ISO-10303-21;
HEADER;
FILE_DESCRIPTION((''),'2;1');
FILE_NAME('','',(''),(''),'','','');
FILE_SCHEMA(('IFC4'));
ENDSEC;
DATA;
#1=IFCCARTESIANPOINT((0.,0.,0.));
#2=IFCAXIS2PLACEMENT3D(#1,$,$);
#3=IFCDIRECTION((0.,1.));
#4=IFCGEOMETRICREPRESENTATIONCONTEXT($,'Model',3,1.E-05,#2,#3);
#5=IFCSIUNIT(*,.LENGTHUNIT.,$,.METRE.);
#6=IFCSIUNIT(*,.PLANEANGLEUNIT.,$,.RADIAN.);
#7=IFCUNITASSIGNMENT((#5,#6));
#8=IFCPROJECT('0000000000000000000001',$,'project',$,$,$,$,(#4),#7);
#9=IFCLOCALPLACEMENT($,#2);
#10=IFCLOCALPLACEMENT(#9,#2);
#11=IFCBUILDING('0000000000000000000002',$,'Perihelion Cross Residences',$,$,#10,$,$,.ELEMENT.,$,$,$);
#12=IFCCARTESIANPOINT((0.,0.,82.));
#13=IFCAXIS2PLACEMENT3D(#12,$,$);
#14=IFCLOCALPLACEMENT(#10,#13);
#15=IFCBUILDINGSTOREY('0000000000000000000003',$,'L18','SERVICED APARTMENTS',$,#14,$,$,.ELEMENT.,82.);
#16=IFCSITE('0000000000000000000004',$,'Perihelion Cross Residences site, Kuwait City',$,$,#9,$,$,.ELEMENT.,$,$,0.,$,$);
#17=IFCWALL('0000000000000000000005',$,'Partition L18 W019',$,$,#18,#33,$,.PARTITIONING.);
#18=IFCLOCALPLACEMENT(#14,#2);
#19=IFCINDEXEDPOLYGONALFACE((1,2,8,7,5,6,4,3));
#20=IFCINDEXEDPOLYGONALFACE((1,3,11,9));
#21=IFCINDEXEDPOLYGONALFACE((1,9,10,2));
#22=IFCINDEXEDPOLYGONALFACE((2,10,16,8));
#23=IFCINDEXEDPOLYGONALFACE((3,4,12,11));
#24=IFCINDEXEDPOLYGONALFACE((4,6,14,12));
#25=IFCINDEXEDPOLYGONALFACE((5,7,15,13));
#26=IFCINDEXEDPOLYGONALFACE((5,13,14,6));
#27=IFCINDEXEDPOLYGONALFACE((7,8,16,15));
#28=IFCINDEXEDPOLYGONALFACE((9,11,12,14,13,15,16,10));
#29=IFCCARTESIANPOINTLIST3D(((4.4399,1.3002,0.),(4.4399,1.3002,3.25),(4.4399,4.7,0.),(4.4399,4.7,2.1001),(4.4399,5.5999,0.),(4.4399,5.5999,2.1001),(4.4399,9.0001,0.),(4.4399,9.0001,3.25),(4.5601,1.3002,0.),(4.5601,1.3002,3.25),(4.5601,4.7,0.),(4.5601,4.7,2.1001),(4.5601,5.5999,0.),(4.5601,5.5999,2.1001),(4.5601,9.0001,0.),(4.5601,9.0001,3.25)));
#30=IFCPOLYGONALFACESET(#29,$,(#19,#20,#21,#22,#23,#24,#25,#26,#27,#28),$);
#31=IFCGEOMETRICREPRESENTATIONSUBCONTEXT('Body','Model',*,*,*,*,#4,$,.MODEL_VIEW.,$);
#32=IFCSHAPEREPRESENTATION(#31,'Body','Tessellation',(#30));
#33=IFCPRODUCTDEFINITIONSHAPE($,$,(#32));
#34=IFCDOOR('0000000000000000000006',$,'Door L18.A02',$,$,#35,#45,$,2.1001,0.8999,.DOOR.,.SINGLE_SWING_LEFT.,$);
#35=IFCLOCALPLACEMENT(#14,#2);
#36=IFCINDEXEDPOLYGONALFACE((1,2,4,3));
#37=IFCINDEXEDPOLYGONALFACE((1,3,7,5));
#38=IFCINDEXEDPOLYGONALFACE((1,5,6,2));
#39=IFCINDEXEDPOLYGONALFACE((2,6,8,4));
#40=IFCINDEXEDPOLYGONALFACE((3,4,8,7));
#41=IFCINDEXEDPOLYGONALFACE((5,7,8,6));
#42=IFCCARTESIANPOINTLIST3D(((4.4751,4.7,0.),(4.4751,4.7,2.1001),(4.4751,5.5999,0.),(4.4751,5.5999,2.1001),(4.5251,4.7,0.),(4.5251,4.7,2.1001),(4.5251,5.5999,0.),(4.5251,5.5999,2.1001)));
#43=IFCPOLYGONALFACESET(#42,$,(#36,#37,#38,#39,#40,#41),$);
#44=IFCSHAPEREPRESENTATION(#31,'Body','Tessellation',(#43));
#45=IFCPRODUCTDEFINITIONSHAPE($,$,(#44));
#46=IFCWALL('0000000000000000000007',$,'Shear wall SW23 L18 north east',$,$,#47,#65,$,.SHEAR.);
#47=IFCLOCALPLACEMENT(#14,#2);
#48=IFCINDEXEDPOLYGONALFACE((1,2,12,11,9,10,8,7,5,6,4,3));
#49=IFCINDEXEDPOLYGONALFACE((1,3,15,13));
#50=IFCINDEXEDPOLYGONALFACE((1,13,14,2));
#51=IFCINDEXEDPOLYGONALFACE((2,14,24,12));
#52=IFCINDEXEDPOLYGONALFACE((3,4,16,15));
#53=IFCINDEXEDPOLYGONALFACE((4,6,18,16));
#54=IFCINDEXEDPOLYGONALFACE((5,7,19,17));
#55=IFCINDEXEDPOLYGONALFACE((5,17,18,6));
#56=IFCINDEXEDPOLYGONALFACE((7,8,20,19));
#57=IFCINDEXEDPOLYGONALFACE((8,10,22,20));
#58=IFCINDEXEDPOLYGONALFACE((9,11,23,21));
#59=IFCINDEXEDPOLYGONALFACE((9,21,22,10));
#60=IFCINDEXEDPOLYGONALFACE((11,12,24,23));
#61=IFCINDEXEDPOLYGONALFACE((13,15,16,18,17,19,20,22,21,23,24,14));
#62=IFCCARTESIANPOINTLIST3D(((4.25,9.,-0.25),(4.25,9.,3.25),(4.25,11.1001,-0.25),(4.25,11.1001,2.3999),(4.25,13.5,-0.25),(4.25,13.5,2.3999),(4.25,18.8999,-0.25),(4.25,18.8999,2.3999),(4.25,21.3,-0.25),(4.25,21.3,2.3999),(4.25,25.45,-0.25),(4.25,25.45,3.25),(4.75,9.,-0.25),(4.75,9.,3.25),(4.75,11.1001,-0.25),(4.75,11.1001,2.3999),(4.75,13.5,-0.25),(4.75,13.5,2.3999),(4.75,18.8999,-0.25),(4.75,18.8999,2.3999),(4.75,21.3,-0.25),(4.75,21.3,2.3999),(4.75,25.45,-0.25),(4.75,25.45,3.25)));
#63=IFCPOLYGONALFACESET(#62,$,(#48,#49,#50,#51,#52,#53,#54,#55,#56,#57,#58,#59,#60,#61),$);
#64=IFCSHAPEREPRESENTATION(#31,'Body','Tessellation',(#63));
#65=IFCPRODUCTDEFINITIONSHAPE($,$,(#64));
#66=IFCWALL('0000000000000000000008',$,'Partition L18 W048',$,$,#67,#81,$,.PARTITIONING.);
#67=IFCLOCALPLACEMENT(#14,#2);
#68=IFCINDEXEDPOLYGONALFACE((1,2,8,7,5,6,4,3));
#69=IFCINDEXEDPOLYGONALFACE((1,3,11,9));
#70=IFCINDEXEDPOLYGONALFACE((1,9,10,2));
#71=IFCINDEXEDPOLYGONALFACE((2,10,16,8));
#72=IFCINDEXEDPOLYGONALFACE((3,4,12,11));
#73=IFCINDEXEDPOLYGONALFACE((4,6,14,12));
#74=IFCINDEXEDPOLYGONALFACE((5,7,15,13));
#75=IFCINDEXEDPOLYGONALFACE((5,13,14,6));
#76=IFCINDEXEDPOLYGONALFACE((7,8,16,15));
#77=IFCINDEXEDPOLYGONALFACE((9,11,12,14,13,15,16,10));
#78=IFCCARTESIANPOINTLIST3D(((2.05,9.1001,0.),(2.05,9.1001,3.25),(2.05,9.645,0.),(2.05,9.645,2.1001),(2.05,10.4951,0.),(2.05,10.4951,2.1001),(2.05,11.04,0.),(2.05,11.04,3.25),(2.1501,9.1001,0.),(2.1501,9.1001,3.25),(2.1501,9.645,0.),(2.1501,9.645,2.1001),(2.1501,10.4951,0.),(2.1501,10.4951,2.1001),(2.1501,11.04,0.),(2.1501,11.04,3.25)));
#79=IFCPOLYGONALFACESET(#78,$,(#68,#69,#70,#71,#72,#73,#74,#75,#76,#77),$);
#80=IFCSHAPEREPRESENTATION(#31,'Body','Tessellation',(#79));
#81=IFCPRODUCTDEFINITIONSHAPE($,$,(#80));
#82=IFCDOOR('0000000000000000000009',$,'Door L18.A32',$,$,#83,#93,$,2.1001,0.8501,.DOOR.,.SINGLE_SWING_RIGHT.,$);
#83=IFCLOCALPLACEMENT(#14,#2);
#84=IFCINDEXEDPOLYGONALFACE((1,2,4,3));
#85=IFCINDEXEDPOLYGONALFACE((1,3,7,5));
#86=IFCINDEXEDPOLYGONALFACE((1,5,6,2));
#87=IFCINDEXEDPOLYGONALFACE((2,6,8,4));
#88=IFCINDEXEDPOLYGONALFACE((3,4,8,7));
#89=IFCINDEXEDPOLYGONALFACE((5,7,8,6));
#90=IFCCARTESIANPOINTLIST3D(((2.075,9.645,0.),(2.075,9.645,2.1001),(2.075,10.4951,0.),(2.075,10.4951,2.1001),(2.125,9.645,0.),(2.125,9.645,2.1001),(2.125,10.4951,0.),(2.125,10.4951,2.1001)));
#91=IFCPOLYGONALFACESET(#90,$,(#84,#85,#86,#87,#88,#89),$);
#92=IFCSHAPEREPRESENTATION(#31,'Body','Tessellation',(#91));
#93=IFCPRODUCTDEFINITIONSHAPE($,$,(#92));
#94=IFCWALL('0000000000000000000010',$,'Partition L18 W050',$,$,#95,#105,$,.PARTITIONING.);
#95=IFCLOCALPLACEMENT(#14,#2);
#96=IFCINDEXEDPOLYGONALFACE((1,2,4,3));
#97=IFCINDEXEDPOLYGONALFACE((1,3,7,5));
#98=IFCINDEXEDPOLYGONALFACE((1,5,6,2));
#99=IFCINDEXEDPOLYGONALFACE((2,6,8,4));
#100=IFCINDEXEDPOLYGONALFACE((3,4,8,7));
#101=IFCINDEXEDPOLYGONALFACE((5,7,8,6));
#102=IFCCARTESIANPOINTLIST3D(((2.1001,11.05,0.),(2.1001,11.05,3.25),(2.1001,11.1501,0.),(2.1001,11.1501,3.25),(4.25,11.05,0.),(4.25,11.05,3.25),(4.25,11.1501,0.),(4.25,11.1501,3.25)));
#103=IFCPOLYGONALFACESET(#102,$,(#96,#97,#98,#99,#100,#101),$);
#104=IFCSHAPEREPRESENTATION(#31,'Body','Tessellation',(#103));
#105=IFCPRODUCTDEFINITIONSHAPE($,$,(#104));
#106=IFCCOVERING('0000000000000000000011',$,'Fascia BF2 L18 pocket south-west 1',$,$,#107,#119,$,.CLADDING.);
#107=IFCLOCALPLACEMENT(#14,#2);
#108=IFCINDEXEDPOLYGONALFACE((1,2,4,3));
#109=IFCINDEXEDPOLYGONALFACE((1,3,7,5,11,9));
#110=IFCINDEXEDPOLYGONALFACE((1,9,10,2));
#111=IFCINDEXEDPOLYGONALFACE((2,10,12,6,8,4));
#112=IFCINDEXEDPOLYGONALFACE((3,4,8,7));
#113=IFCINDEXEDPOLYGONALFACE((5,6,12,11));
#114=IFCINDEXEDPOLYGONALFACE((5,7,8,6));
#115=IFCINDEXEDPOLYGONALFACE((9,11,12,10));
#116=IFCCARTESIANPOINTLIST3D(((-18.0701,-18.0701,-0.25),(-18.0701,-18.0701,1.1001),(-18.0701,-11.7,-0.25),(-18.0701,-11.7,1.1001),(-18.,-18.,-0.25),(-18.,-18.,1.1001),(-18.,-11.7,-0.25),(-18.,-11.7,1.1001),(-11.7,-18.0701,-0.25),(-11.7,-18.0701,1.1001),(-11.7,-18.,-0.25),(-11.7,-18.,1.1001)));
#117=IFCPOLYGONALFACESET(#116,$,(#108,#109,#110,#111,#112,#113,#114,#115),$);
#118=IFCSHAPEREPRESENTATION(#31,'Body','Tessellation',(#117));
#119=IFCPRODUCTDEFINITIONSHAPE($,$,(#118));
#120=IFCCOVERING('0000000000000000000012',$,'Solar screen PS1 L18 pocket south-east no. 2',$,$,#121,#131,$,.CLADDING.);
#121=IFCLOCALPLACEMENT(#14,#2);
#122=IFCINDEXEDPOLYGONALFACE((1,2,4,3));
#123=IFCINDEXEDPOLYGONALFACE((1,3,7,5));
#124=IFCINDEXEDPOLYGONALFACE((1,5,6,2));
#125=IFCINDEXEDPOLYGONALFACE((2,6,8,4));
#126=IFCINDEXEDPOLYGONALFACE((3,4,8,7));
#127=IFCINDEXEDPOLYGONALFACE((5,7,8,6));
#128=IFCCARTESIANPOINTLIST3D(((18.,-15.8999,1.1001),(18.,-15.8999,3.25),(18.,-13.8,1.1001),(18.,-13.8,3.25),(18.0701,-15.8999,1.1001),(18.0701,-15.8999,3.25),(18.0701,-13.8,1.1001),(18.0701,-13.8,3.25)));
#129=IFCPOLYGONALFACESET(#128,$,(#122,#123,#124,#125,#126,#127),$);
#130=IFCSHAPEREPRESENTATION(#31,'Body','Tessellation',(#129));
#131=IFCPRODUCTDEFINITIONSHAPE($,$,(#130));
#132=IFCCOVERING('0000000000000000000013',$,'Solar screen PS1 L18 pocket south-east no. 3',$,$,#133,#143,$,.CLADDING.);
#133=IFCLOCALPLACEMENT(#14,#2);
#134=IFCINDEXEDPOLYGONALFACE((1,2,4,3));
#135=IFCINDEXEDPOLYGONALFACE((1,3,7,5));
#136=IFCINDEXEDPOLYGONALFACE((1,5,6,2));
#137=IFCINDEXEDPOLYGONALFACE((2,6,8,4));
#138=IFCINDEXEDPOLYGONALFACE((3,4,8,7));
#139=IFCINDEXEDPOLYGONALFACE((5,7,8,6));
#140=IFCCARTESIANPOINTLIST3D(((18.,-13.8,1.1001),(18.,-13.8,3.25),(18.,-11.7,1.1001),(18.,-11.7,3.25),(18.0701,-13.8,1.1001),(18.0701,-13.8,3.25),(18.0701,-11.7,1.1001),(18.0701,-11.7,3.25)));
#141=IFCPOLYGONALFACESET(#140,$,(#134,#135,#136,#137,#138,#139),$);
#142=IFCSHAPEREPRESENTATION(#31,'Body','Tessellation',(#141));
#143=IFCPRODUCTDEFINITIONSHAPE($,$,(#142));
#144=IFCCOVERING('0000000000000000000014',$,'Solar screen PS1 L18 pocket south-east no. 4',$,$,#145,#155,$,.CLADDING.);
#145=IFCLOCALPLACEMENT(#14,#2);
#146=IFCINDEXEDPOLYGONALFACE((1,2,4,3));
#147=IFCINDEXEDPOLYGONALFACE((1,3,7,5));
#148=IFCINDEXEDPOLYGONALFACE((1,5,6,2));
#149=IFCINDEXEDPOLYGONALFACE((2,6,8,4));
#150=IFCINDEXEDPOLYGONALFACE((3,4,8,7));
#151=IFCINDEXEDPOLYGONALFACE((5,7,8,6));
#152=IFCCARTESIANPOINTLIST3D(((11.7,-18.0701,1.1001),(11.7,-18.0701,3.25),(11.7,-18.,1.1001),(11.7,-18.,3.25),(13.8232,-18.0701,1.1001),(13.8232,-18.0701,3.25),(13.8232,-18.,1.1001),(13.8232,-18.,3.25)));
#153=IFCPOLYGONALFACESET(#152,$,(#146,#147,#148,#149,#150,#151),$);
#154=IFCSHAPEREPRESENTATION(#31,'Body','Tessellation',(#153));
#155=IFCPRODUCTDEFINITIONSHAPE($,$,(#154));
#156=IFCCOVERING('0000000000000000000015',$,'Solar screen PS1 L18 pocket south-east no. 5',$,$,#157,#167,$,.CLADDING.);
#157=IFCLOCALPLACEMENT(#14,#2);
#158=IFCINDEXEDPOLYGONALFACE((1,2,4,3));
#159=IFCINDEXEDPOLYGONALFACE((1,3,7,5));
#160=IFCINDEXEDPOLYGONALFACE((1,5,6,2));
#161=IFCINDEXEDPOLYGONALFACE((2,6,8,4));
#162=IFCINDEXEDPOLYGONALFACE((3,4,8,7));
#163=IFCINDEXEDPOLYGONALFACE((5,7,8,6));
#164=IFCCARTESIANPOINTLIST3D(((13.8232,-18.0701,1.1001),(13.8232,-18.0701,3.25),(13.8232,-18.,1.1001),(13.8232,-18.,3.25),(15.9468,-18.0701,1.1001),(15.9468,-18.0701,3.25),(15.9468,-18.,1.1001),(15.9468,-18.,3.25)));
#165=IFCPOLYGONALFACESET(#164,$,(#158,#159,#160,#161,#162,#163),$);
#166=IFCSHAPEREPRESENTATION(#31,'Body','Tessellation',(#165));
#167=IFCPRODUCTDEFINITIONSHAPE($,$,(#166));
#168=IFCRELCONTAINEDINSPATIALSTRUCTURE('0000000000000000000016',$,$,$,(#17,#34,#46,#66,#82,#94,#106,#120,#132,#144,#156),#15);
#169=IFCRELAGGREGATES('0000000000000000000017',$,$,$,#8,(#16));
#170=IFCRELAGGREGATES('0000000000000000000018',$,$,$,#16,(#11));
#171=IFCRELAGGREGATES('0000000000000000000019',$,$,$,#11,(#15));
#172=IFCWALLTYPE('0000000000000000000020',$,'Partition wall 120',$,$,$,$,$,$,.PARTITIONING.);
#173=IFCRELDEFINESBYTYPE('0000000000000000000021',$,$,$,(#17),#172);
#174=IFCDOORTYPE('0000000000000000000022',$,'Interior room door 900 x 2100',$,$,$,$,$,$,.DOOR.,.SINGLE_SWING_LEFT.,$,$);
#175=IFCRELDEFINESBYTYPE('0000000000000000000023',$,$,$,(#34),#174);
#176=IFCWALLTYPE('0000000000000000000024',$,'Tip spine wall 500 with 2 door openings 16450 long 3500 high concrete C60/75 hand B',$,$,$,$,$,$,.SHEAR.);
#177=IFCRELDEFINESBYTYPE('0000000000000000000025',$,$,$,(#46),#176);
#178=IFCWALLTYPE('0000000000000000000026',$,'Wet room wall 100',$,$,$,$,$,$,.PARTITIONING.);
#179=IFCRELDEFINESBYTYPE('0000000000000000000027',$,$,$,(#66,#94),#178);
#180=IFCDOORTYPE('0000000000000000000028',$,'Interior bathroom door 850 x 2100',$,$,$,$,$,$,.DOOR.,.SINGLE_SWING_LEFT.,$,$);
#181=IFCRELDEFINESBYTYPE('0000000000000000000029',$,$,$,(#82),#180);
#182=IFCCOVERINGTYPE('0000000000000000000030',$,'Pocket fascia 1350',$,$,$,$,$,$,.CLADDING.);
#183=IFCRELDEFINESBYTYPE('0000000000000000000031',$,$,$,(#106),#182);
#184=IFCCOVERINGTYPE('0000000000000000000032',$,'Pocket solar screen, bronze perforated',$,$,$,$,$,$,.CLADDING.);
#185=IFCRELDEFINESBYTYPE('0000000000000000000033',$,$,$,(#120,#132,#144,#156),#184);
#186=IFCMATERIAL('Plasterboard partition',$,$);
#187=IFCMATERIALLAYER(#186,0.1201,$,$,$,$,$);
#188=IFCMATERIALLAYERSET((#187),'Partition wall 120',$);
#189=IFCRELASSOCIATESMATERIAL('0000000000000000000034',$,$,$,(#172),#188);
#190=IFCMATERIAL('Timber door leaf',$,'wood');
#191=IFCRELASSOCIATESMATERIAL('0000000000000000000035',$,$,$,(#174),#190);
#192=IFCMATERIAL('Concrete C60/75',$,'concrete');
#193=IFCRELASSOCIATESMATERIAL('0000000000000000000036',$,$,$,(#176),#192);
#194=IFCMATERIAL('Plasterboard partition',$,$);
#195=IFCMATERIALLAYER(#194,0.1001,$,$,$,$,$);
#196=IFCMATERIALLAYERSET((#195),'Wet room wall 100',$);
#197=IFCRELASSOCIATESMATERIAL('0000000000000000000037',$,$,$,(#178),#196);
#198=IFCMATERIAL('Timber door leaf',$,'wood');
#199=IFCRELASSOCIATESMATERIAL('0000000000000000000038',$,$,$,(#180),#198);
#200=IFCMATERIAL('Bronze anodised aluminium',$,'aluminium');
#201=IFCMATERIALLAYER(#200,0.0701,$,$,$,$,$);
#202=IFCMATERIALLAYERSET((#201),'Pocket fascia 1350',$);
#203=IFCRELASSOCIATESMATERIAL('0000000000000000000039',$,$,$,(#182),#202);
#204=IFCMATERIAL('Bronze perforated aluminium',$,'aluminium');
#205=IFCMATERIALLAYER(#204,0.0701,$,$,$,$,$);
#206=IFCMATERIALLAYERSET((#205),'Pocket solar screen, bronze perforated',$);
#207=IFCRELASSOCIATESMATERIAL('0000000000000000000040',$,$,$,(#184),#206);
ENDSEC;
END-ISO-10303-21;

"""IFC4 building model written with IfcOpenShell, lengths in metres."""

from ifc_helpers import new_model, si_unit, direction, frame, frame_2d, origin, place, context, subcontext, project, spatial, polyline, rectangle, outline, extrude, material, layer, layer_set, material_profile, profile_set, type_object, element, fill, save


model = new_model("IFC4")

# Units and contexts
model_context = context("Model", 3, precision=1e-05, world=origin(), true_north=direction((0.0, 1.0)))
body_context = subcontext(model_context, "Body", "Model", "MODEL_VIEW")
ifc_project = project(units=[si_unit("LENGTHUNIT", "METRE"), si_unit("PLANEANGLEUNIT", "RADIAN")], contexts=[model_context])

# Site, building, storey
site_placement = place(None, origin())
site = spatial("IfcSite", under=ifc_project, at=site_placement, Name="Perihelion Cross Residences site, Kuwait City", CompositionType="ELEMENT", RefElevation=0.0)
building_placement = place(site_placement, origin())
building = spatial("IfcBuilding", under=site, at=building_placement, Name="Perihelion Cross Residences", CompositionType="ELEMENT")
storey_placement = place(building_placement, frame((0.0, 0.0, 82.0)))
storey = spatial("IfcBuildingStorey", under=building, at=storey_placement, Name="L18", Description="SERVICED APARTMENTS", CompositionType="ELEMENT", Elevation=82.0)

# Wall, opening, door
ifc_material_1 = material(Name="Plasterboard partition")
ifc_layer_1 = layer(ifc_material_1, 0.1201)
ifc_layer_set_1 = layer_set([ifc_layer_1], Name="Partition wall 120")
wall_type_1 = type_object("IfcWallType", Name="Partition wall 120", PredefinedType="PARTITIONING", material=ifc_layer_set_1)
wall_1_placement = place(storey_placement, frame((4.5, 1.3, 0.0), z_axis=(0.0, 0.0, 1.0), x_axis=(0.0, 1.0, 0.0)))
wall_1 = element("IfcWall", 1, at=wall_1_placement, inside=storey, type_object=wall_type_1, Name="Partition L18 W019", PredefinedType="PARTITIONING", context=body_context, shape_type="SweptSolid", body=[
    extrude(rectangle(XDim=7.7, YDim=0.1201, at=frame_2d((3.8501, 0.0))), origin(), (0.0, 0.0, 1.0), 3.25),
])
opening_1_placement = place(wall_1_placement, frame((3.3999, 0.0, 0.0)))
opening_1 = element("IfcOpeningElement", 2, at=opening_1_placement, cuts=wall_1, PredefinedType="OPENING", context=body_context, shape_type="SweptSolid", body=[
    extrude(rectangle(XDim=0.8999, YDim=2.1001, at=frame_2d((0.45, 1.05))), frame((0.0, 0.0701, 0.0), z_axis=(0.0, -1.0, 0.0), x_axis=(1.0, 0.0, 0.0)), (0.0, 0.0, 1.0), 0.1401),
])
ifc_material_2 = material(Name="Timber door leaf", Category="wood")
door_type_1 = type_object("IfcDoorType", Name="Interior room door 900 x 2100", OperationType="SINGLE_SWING_LEFT", PredefinedType="DOOR", material=ifc_material_2)
door_1_placement = place(opening_1_placement, origin())
door_1 = element("IfcDoor", 3, at=door_1_placement, inside=storey, type_object=door_type_1, Name="Door L18.A02", OperationType="SINGLE_SWING_LEFT", OverallHeight=2.1001, OverallWidth=0.8999, PredefinedType="DOOR", context=body_context, shape_type="SweptSolid", body=[
    extrude(rectangle(XDim=0.8999, YDim=2.1001, at=frame_2d((0.45, 1.05))), frame((0.0, 0.0249, 0.0), z_axis=(0.0, -1.0, 0.0), x_axis=(1.0, 0.0, 0.0)), (0.0, 0.0, 1.0), 0.05),
])
fill(opening_1, door_1)

# Wall
ifc_material_3 = material(Name="Concrete C60/75", Category="concrete")
ifc_material_profile_1 = material_profile(ifc_material_3, outline(polyline([(0.0, 0.0), (2.1001, 0.0), (2.1001, 2.6499), (4.5, 2.6499), (4.5, 0.0), (9.8999, 0.0), (9.8999, 2.6499), (12.3, 2.6499), (12.3, 0.0), (16.45, 0.0), (16.45, 3.5), (0.0, 3.5), (0.0, 0.0)])), Name="Tip spine wall")
ifc_profile_set_1 = profile_set([ifc_material_profile_1], Name="Concrete C60/75")
wall_type_2 = type_object("IfcWallType", Name="Tip spine wall 500 with 2 door openings 16450 long 3500 high concrete C60/75 hand B", PredefinedType="SHEAR", material=ifc_profile_set_1)
wall_2_placement = place(storey_placement, frame((4.25, 9.0, -0.25), z_axis=(1.0, 0.0, 0.0), x_axis=(0.0, 1.0, 0.0)))
element("IfcWall", 4, at=wall_2_placement, inside=storey, type_object=wall_type_2, Name="Shear wall SW23 L18 north east", PredefinedType="SHEAR", context=body_context, shape_type="SweptSolid", body=[
    extrude(outline(polyline([(0.0, 0.0), (2.1001, 0.0), (2.1001, 2.6499), (4.5, 2.6499), (4.5, 0.0), (9.8999, 0.0), (9.8999, 2.6499), (12.3, 2.6499), (12.3, 0.0), (16.45, 0.0), (16.45, 3.5), (0.0, 3.5), (0.0, 0.0)])), origin(), (0.0, 0.0, 1.0), 0.5),
])

# Wall, opening, door
ifc_material_4 = material(Name="Plasterboard partition")
ifc_layer_2 = layer(ifc_material_4, 0.1001)
ifc_layer_set_2 = layer_set([ifc_layer_2], Name="Wet room wall 100")
wall_type_3 = type_object("IfcWallType", Name="Wet room wall 100", PredefinedType="PARTITIONING", material=ifc_layer_set_2)
wall_3_placement = place(storey_placement, frame((2.1001, 11.04, 0.0), z_axis=(0.0, 0.0, 1.0), x_axis=(0.0, -1.0, 0.0)))
wall_3 = element("IfcWall", 5, at=wall_3_placement, inside=storey, type_object=wall_type_3, Name="Partition L18 W048", PredefinedType="PARTITIONING", context=body_context, shape_type="SweptSolid", body=[
    extrude(rectangle(XDim=1.9399, YDim=0.1001, at=frame_2d((0.97, 0.0))), origin(), (0.0, 0.0, 1.0), 3.25),
])
opening_2_placement = place(wall_3_placement, frame((0.5449, 0.0, 0.0)))
opening_2 = element("IfcOpeningElement", 6, at=opening_2_placement, cuts=wall_3, PredefinedType="OPENING", context=body_context, shape_type="SweptSolid", body=[
    extrude(rectangle(XDim=0.8501, YDim=2.1001, at=frame_2d((0.425, 1.05))), frame((0.0, 0.0601, 0.0), z_axis=(0.0, -1.0, 0.0), x_axis=(1.0, 0.0, 0.0)), (0.0, 0.0, 1.0), 0.1201),
])
ifc_material_5 = material(Name="Timber door leaf", Category="wood")
door_type_2 = type_object("IfcDoorType", Name="Interior bathroom door 850 x 2100", OperationType="SINGLE_SWING_LEFT", PredefinedType="DOOR", material=ifc_material_5)
door_2_placement = place(opening_2_placement, origin())
door_2 = element("IfcDoor", 7, at=door_2_placement, inside=storey, type_object=door_type_2, Name="Door L18.A32", OperationType="SINGLE_SWING_RIGHT", OverallHeight=2.1001, OverallWidth=0.8501, PredefinedType="DOOR", context=body_context, shape_type="SweptSolid", body=[
    extrude(rectangle(XDim=0.8501, YDim=2.1001, at=frame_2d((0.425, 1.05))), frame((0.0, 0.0249, 0.0), z_axis=(0.0, -1.0, 0.0), x_axis=(1.0, 0.0, 0.0)), (0.0, 0.0, 1.0), 0.05),
])
fill(opening_2, door_2)

# Wall
wall_4_placement = place(storey_placement, frame((2.1001, 11.1001, 0.0), z_axis=(0.0, 0.0, 1.0), x_axis=(1.0, 0.0, 0.0)))
element("IfcWall", 8, at=wall_4_placement, inside=storey, type_object=wall_type_3, Name="Partition L18 W050", PredefinedType="PARTITIONING", context=body_context, shape_type="SweptSolid", body=[
    extrude(rectangle(XDim=2.1499, YDim=0.1001, at=frame_2d((1.075, 0.0))), origin(), (0.0, 0.0, 1.0), 3.25),
])

# Coverings
ifc_material_6 = material(Name="Bronze anodised aluminium", Category="aluminium")
ifc_layer_3 = layer(ifc_material_6, 0.0701)
ifc_layer_set_3 = layer_set([ifc_layer_3], Name="Pocket fascia 1350")
covering_type_1 = type_object("IfcCoveringType", Name="Pocket fascia 1350", PredefinedType="CLADDING", material=ifc_layer_set_3)
covering_1_placement = place(storey_placement, frame((0.0, 0.0, -0.25)))
element("IfcCovering", 9, at=covering_1_placement, inside=storey, type_object=covering_type_1, Name="Fascia BF2 L18 pocket south-west 1", PredefinedType="CLADDING", context=body_context, shape_type="SweptSolid", body=[
    extrude(outline(polyline([(-18.0701, -11.7), (-18.0701, -18.0701), (-11.7, -18.0701), (-11.7, -18.0), (-18.0, -18.0), (-18.0, -11.7), (-18.0701, -11.7)])), origin(), (0.0, 0.0, 1.0), 1.3501),
])
ifc_material_7 = material(Name="Bronze perforated aluminium", Category="aluminium")
ifc_layer_4 = layer(ifc_material_7, 0.0701)
ifc_layer_set_4 = layer_set([ifc_layer_4], Name="Pocket solar screen, bronze perforated")
covering_type_2 = type_object("IfcCoveringType", Name="Pocket solar screen, bronze perforated", PredefinedType="CLADDING", material=ifc_layer_set_4)
covering_2_placement = place(storey_placement, frame((0.0, 0.0, 1.1001)))
element("IfcCovering", 10, at=covering_2_placement, inside=storey, type_object=covering_type_2, Name="Solar screen PS1 L18 pocket south-east no. 2", PredefinedType="CLADDING", context=body_context, shape_type="SweptSolid", body=[
    extrude(outline(polyline([(18.0701, -15.8999), (18.0701, -13.8), (18.0, -13.8), (18.0, -15.8999), (18.0701, -15.8999)])), origin(), (0.0, 0.0, 1.0), 2.1499),
])
covering_3_placement = place(storey_placement, frame((0.0, 0.0, 1.1001)))
element("IfcCovering", 11, at=covering_3_placement, inside=storey, type_object=covering_type_2, Name="Solar screen PS1 L18 pocket south-east no. 3", PredefinedType="CLADDING", context=body_context, shape_type="SweptSolid", body=[
    extrude(outline(polyline([(18.0701, -13.8), (18.0701, -11.7), (18.0, -11.7), (18.0, -13.8), (18.0701, -13.8)])), origin(), (0.0, 0.0, 1.0), 2.1499),
])
covering_4_placement = place(storey_placement, frame((0.0, 0.0, 1.1001)))
element("IfcCovering", 12, at=covering_4_placement, inside=storey, type_object=covering_type_2, Name="Solar screen PS1 L18 pocket south-east no. 4", PredefinedType="CLADDING", context=body_context, shape_type="SweptSolid", body=[
    extrude(outline(polyline([(13.8232, -18.0701), (13.8232, -18.0), (11.7, -18.0), (11.7, -18.0701), (13.8232, -18.0701)])), origin(), (0.0, 0.0, 1.0), 2.1499),
])
covering_5_placement = place(storey_placement, frame((0.0, 0.0, 1.1001)))
element("IfcCovering", 13, at=covering_5_placement, inside=storey, type_object=covering_type_2, Name="Solar screen PS1 L18 pocket south-east no. 5", PredefinedType="CLADDING", context=body_context, shape_type="SweptSolid", body=[
    extrude(outline(polyline([(15.9468, -18.0701), (15.9468, -18.0), (13.8232, -18.0), (13.8232, -18.0701), (15.9468, -18.0701)])), origin(), (0.0, 0.0, 1.0), 2.1499),
])

save(model, "model.ifc")
